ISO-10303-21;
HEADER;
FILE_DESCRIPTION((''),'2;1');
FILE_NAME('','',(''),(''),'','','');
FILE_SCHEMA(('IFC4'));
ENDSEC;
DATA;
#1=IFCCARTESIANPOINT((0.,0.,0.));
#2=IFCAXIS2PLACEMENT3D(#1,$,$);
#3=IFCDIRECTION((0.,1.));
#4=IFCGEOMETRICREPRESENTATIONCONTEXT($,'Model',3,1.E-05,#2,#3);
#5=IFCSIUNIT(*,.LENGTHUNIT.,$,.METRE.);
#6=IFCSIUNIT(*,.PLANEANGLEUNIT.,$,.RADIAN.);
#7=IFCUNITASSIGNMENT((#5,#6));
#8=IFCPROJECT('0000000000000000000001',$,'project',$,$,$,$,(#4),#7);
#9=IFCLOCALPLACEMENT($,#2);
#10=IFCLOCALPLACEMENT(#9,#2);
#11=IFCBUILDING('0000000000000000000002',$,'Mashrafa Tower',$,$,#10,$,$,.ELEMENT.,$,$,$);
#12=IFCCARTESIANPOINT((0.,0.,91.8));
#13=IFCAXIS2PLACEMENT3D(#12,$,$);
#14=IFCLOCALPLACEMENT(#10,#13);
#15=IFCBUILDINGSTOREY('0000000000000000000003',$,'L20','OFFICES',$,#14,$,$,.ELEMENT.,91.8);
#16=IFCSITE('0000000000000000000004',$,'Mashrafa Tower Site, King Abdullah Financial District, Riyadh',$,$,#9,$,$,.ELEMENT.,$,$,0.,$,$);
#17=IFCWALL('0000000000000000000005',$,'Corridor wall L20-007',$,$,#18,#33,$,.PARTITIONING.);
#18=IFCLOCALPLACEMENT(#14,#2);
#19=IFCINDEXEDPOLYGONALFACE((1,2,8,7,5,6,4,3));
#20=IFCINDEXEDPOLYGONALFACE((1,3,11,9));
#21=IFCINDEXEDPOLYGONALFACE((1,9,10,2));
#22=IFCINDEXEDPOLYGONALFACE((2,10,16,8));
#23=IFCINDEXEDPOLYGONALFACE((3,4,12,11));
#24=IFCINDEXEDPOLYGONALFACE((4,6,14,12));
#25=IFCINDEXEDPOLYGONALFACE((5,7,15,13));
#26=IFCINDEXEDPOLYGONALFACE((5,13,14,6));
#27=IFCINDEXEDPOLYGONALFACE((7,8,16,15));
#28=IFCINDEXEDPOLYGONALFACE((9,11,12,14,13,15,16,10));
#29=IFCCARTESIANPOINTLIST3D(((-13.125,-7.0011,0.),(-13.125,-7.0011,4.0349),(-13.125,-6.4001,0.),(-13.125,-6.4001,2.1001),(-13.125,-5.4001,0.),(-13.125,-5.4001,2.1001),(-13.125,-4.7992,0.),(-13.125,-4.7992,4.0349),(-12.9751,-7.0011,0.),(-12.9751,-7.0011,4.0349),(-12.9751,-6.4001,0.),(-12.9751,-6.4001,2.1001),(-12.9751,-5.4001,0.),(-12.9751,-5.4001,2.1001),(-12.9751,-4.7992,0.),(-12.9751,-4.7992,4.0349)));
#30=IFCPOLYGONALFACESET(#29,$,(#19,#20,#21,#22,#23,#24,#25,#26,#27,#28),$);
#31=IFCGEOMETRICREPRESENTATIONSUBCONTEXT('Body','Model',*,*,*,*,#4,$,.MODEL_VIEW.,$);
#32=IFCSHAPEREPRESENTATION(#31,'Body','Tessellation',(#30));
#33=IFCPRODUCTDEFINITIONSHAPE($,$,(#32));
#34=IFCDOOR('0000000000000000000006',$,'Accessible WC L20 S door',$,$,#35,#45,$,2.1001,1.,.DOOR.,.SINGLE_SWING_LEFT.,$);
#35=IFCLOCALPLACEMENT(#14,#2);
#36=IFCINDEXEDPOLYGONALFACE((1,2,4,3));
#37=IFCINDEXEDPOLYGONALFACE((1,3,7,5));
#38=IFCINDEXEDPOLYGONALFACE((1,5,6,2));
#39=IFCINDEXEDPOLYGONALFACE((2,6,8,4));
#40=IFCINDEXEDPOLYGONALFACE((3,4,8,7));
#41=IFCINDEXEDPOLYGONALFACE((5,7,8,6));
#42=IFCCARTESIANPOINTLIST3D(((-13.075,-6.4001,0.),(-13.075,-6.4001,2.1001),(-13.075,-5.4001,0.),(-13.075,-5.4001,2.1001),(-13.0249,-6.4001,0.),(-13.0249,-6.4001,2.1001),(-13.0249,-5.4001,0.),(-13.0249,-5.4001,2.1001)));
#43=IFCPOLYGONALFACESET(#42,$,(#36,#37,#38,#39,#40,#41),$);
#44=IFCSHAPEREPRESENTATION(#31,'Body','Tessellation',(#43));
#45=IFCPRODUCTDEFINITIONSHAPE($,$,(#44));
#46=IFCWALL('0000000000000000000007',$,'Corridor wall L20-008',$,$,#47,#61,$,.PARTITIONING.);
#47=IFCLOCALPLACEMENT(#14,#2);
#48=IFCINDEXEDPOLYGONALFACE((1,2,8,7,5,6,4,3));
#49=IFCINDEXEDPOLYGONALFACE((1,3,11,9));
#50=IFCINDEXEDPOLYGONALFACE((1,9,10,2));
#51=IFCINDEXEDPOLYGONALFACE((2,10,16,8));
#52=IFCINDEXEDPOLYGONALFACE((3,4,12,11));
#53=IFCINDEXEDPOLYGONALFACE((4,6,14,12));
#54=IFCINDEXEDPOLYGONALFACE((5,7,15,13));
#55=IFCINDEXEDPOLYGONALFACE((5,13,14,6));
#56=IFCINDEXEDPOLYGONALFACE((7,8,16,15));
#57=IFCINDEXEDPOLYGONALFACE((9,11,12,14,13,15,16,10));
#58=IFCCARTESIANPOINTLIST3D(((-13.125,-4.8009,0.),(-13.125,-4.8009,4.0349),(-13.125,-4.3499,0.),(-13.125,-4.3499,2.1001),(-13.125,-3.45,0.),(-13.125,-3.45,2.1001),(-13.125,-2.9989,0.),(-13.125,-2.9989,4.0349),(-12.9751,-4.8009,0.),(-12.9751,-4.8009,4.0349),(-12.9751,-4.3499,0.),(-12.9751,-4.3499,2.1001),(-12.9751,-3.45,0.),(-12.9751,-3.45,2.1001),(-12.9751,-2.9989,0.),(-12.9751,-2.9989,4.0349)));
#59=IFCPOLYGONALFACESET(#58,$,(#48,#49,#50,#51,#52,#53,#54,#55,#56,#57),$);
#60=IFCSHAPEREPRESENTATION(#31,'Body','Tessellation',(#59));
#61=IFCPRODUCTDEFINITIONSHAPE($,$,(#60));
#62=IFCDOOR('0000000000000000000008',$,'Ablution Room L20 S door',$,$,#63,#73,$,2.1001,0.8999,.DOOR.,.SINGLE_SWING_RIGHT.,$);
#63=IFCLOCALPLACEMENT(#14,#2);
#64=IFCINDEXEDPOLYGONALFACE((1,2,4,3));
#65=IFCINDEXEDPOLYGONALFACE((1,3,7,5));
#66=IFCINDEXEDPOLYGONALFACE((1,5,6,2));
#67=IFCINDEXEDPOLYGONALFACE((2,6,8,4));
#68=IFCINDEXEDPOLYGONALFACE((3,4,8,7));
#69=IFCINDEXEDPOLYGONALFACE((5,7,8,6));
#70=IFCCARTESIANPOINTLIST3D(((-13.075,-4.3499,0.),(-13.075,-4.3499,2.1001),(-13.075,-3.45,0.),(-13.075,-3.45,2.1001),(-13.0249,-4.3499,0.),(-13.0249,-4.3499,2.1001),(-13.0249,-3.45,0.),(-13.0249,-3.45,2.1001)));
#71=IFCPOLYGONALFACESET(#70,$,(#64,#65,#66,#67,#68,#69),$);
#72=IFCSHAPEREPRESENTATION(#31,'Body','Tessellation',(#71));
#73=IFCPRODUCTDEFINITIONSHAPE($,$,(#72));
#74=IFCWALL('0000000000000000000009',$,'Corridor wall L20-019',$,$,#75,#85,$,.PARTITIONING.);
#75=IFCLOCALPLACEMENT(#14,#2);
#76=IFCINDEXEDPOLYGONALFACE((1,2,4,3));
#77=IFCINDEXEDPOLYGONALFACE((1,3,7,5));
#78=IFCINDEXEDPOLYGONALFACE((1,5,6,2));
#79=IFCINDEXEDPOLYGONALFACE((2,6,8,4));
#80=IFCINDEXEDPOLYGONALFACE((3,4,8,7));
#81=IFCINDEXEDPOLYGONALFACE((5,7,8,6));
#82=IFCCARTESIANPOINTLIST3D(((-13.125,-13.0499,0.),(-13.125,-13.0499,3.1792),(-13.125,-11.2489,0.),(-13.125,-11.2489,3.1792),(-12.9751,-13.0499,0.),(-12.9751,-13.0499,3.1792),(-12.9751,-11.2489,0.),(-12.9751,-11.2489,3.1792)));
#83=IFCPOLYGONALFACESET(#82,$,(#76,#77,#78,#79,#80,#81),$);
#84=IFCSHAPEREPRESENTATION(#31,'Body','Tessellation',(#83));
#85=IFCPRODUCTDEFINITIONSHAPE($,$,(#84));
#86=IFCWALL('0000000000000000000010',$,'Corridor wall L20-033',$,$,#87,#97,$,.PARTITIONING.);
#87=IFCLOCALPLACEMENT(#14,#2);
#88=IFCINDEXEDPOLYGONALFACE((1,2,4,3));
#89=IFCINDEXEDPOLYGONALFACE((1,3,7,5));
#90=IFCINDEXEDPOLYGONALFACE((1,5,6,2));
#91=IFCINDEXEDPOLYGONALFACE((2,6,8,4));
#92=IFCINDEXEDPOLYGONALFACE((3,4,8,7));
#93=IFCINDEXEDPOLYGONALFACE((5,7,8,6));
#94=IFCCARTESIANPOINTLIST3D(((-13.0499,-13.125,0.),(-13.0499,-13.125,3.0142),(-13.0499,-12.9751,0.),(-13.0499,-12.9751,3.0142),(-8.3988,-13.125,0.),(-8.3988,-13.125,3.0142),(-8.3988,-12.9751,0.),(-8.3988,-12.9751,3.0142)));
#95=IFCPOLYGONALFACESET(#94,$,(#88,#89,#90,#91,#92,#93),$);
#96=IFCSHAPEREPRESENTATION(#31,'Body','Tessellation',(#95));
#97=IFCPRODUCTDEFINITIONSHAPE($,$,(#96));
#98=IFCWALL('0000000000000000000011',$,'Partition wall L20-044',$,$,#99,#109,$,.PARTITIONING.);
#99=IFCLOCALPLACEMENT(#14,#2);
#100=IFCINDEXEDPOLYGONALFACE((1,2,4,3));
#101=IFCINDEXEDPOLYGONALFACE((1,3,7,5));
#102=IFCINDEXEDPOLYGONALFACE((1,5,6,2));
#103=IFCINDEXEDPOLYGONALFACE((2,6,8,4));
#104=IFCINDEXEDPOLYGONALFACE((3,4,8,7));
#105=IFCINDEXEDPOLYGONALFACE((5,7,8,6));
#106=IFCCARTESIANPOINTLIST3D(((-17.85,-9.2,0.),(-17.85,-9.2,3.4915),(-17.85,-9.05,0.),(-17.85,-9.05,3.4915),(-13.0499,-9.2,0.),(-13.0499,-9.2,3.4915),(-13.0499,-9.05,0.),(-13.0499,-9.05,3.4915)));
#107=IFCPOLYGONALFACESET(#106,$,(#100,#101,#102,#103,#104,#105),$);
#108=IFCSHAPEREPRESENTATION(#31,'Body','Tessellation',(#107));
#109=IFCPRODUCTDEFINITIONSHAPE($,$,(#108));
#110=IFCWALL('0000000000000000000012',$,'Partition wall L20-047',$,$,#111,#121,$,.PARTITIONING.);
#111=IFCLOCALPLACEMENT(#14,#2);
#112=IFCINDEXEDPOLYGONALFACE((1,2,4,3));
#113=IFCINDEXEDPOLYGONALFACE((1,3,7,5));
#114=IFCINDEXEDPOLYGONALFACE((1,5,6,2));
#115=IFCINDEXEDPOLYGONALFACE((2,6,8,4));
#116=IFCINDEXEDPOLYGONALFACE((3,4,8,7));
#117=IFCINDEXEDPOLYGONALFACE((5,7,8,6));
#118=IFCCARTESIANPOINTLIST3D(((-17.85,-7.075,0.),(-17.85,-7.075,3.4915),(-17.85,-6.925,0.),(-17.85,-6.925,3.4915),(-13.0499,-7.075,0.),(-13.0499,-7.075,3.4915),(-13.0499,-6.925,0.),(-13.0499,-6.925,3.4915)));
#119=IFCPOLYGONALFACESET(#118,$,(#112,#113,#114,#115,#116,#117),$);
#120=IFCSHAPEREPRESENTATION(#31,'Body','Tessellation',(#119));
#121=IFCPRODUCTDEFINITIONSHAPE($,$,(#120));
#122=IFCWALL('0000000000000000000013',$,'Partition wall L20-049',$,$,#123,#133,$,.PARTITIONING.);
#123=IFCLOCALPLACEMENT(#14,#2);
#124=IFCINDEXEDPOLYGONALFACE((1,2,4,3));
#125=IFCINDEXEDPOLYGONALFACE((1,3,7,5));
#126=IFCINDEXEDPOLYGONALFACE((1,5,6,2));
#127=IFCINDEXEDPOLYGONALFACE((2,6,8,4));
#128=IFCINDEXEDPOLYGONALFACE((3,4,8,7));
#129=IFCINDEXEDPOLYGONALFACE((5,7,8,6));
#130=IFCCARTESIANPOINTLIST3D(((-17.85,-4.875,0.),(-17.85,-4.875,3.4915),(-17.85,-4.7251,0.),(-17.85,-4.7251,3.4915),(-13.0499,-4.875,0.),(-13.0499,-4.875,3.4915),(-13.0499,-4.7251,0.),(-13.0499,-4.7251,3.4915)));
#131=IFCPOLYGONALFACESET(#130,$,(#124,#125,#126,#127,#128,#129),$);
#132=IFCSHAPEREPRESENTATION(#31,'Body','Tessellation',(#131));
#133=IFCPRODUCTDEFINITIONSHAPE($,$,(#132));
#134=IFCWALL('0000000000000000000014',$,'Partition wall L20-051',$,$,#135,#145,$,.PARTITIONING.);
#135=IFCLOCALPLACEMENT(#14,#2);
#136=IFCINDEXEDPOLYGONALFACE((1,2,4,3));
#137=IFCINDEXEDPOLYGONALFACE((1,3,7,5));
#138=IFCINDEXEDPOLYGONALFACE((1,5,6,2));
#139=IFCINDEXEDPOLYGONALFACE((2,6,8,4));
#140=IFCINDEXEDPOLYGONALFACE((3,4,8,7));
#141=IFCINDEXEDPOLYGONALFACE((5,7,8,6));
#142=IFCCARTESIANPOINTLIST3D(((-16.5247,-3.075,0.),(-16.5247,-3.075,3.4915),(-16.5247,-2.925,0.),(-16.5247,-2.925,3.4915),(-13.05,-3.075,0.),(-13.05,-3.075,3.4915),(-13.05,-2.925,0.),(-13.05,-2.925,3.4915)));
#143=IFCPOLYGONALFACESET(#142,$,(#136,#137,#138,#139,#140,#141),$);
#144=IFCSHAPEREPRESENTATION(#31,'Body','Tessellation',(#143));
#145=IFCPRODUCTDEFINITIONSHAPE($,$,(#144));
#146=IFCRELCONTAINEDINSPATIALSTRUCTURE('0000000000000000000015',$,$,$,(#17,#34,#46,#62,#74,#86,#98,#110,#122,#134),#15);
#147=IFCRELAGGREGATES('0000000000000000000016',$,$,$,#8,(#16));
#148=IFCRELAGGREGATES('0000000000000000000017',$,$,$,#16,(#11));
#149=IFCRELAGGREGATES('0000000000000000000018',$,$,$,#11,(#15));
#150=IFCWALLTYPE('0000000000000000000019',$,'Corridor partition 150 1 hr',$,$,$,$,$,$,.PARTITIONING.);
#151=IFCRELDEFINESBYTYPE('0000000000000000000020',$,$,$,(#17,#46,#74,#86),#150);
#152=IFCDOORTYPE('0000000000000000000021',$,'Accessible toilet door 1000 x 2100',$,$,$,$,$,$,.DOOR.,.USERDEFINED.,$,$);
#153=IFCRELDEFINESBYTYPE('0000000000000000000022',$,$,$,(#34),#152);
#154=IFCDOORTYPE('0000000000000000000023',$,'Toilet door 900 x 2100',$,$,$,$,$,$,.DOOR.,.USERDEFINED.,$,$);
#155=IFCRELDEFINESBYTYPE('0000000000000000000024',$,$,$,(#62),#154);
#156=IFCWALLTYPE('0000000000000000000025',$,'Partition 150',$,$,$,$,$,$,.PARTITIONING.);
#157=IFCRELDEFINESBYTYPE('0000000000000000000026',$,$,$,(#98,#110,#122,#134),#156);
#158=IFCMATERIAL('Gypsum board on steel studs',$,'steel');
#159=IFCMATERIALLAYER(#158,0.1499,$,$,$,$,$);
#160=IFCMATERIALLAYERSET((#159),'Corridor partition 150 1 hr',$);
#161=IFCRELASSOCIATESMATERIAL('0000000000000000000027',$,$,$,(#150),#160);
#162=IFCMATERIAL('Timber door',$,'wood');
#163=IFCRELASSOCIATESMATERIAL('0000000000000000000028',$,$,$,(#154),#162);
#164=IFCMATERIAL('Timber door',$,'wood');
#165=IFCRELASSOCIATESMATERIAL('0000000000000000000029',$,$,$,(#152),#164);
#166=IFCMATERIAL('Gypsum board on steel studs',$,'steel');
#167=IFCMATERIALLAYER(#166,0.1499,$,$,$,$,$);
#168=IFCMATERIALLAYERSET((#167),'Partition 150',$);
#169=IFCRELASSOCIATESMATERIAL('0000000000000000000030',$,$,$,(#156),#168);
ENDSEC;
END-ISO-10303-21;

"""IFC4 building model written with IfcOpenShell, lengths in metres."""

from ifc_helpers import new_model, si_unit, direction, frame, frame_2d, origin, place, context, subcontext, project, spatial, rectangle, extrude, material, layer, layer_set, type_object, element, fill, save


model = new_model("IFC4")

# Units and contexts
model_context = context("Model", 3, precision=1e-05, world=origin(), true_north=direction((0.0, 1.0)))
body_context = subcontext(model_context, "Body", "Model", "MODEL_VIEW")
ifc_project = project(units=[si_unit("LENGTHUNIT", "METRE"), si_unit("PLANEANGLEUNIT", "RADIAN")], contexts=[model_context])

# Site, building, storey
site_placement = place(None, origin())
site = spatial("IfcSite", under=ifc_project, at=site_placement, Name="Mashrafa Tower Site, King Abdullah Financial District, Riyadh", CompositionType="ELEMENT", RefElevation=0.0)
building_placement = place(site_placement, origin())
building = spatial("IfcBuilding", under=site, at=building_placement, Name="Mashrafa Tower", CompositionType="ELEMENT")
storey_placement = place(building_placement, frame((0.0, 0.0, 91.8)))
storey = spatial("IfcBuildingStorey", under=building, at=storey_placement, Name="L20", Description="OFFICES", CompositionType="ELEMENT", Elevation=91.8)

# Walls, openings, doors
ifc_material_1 = material(Name="Gypsum board on steel studs", Category="steel")
ifc_layer_1 = layer(ifc_material_1, 0.1499)
ifc_layer_set_1 = layer_set([ifc_layer_1], Name="Corridor partition 150 1 hr")
wall_type_1 = type_object("IfcWallType", Name="Corridor partition 150 1 hr", PredefinedType="PARTITIONING", material=ifc_layer_set_1)
ifc_material_2 = material(Name="Timber door", Category="wood")
door_type_1 = type_object("IfcDoorType", Name="Toilet door 900 x 2100", OperationType="USERDEFINED", PredefinedType="DOOR", material=ifc_material_2)
wall_1_placement = place(storey_placement, frame((-13.05, -4.7991, 0.0), z_axis=(0.0, 0.0, 1.0), x_axis=(0.0, -1.0, 0.0)))
wall_1 = element("IfcWall", 1, at=wall_1_placement, inside=storey, type_object=wall_type_1, Name="Corridor wall L20-007", PredefinedType="PARTITIONING", context=body_context, shape_type="SweptSolid", body=[
    extrude(rectangle(XDim=2.2019, YDim=0.1499, at=frame_2d((1.1011, 0.0))), origin(), (0.0, 0.0, 1.0), 4.0349),
])
opening_1_placement = place(wall_1_placement, frame((0.6011, 0.0, 0.0)))
opening_1 = element("IfcOpeningElement", 2, at=opening_1_placement, cuts=wall_1, PredefinedType="OPENING", context=body_context, shape_type="SweptSolid", body=[
    extrude(rectangle(XDim=1.0, YDim=2.1001, at=frame_2d((0.5, 1.05))), frame((0.0, 0.085, 0.0), z_axis=(0.0, -1.0, 0.0), x_axis=(1.0, 0.0, 0.0)), (0.0, 0.0, 1.0), 0.1699),
])
ifc_material_3 = material(Name="Timber door", Category="wood")
door_type_2 = type_object("IfcDoorType", Name="Accessible toilet door 1000 x 2100", OperationType="USERDEFINED", PredefinedType="DOOR", material=ifc_material_3)
door_1_placement = place(opening_1_placement, frame((1.0, 0.0, 0.0), z_axis=(0.0, 0.0, 1.0), x_axis=(-1.0, 0.0, 0.0)))
door_1 = element("IfcDoor", 3, at=door_1_placement, inside=storey, type_object=door_type_2, Name="Accessible WC L20 S door", OperationType="SINGLE_SWING_LEFT", OverallHeight=2.1001, OverallWidth=1.0, PredefinedType="DOOR", context=body_context, shape_type="SweptSolid", body=[
    extrude(rectangle(XDim=1.0, YDim=2.1001, at=frame_2d((0.5, 1.05))), frame((0.0, 0.0249, 0.0), z_axis=(0.0, -1.0, 0.0), x_axis=(1.0, 0.0, 0.0)), (0.0, 0.0, 1.0), 0.05),
])
fill(opening_1, door_1)
wall_2_placement = place(storey_placement, frame((-13.05, -2.999, 0.0), z_axis=(0.0, 0.0, 1.0), x_axis=(0.0, -1.0, 0.0)))
wall_2 = element("IfcWall", 4, at=wall_2_placement, inside=storey, type_object=wall_type_1, Name="Corridor wall L20-008", PredefinedType="PARTITIONING", context=body_context, shape_type="SweptSolid", body=[
    extrude(rectangle(XDim=1.802, YDim=0.1499, at=frame_2d((0.9009, 0.0))), origin(), (0.0, 0.0, 1.0), 4.0349),
])
opening_2_placement = place(wall_2_placement, frame((0.4509, 0.0, 0.0)))
opening_2 = element("IfcOpeningElement", 5, at=opening_2_placement, cuts=wall_2, PredefinedType="OPENING", context=body_context, shape_type="SweptSolid", body=[
    extrude(rectangle(XDim=0.8999, YDim=2.1001, at=frame_2d((0.45, 1.05))), frame((0.0, 0.085, 0.0), z_axis=(0.0, -1.0, 0.0), x_axis=(1.0, 0.0, 0.0)), (0.0, 0.0, 1.0), 0.1699),
])
door_2_placement = place(opening_2_placement, frame((0.8999, 0.0, 0.0), z_axis=(0.0, 0.0, 1.0), x_axis=(-1.0, 0.0, 0.0)))
door_2 = element("IfcDoor", 6, at=door_2_placement, inside=storey, type_object=door_type_1, Name="Ablution Room L20 S door", OperationType="SINGLE_SWING_RIGHT", OverallHeight=2.1001, OverallWidth=0.8999, PredefinedType="DOOR", context=body_context, shape_type="SweptSolid", body=[
    extrude(rectangle(XDim=0.8999, YDim=2.1001, at=frame_2d((0.45, 1.05))), frame((0.0, 0.0249, 0.0), z_axis=(0.0, -1.0, 0.0), x_axis=(1.0, 0.0, 0.0)), (0.0, 0.0, 1.0), 0.05),
])
fill(opening_2, door_2)

# Walls
wall_3_placement = place(storey_placement, frame((-13.05, -11.249, 0.0), z_axis=(0.0, 0.0, 1.0), x_axis=(0.0, -1.0, 0.0)))
element("IfcWall", 7, at=wall_3_placement, inside=storey, type_object=wall_type_1, Name="Corridor wall L20-019", PredefinedType="PARTITIONING", context=body_context, shape_type="SweptSolid", body=[
    extrude(rectangle(XDim=1.801, YDim=0.1499, at=frame_2d((0.9004, 0.0))), origin(), (0.0, 0.0, 1.0), 3.1792),
])
wall_4_placement = place(storey_placement, frame((-13.05, -13.05, 0.0), z_axis=(0.0, 0.0, 1.0), x_axis=(1.0, 0.0, 0.0)))
element("IfcWall", 8, at=wall_4_placement, inside=storey, type_object=wall_type_1, Name="Corridor wall L20-033", PredefinedType="PARTITIONING", context=body_context, shape_type="SweptSolid", body=[
    extrude(rectangle(XDim=4.6511, YDim=0.1499, at=frame_2d((2.3257, 0.0))), origin(), (0.0, 0.0, 1.0), 3.0142),
])
ifc_material_4 = material(Name="Gypsum board on steel studs", Category="steel")
ifc_layer_2 = layer(ifc_material_4, 0.1499)
ifc_layer_set_2 = layer_set([ifc_layer_2], Name="Partition 150")
wall_type_2 = type_object("IfcWallType", Name="Partition 150", PredefinedType="PARTITIONING", material=ifc_layer_set_2)
for number, where, z_axis, x_axis, name in (
    (9, (-13.05, -9.125, 0.0), (0.0, 0.0, 1.0), (-1.0, 0.0, 0.0), "Partition wall L20-044"),
    (10, (-13.05, -7.0, 0.0), (0.0, 0.0, 1.0), (-1.0, 0.0, 0.0), "Partition wall L20-047"),
    (11, (-13.05, -4.8, 0.0), (0.0, 0.0, 1.0), (-1.0, 0.0, 0.0), "Partition wall L20-049"),
):
    element("IfcWall", number, at=place(storey_placement, frame(where, z_axis=z_axis, x_axis=x_axis)), inside=storey, type_object=wall_type_2, Name=name, PredefinedType="PARTITIONING", context=body_context, shape_type="SweptSolid", body=[
        extrude(rectangle(XDim=4.8, YDim=0.1499, at=frame_2d((2.3999, 0.0))), origin(), (0.0, 0.0, 1.0), 3.4915),
    ])
wall_5_placement = place(storey_placement, frame((-13.05, -3.0, 0.0), z_axis=(0.0, 0.0, 1.0), x_axis=(-1.0, 0.0, 0.0)))
element("IfcWall", 12, at=wall_5_placement, inside=storey, type_object=wall_type_2, Name="Partition wall L20-051", PredefinedType="PARTITIONING", context=body_context, shape_type="SweptSolid", body=[
    extrude(rectangle(XDim=3.4746, YDim=0.1499, at=frame_2d((1.7373, 0.0))), origin(), (0.0, 0.0, 1.0), 3.4915),
])

save(model, "model.ifc")
